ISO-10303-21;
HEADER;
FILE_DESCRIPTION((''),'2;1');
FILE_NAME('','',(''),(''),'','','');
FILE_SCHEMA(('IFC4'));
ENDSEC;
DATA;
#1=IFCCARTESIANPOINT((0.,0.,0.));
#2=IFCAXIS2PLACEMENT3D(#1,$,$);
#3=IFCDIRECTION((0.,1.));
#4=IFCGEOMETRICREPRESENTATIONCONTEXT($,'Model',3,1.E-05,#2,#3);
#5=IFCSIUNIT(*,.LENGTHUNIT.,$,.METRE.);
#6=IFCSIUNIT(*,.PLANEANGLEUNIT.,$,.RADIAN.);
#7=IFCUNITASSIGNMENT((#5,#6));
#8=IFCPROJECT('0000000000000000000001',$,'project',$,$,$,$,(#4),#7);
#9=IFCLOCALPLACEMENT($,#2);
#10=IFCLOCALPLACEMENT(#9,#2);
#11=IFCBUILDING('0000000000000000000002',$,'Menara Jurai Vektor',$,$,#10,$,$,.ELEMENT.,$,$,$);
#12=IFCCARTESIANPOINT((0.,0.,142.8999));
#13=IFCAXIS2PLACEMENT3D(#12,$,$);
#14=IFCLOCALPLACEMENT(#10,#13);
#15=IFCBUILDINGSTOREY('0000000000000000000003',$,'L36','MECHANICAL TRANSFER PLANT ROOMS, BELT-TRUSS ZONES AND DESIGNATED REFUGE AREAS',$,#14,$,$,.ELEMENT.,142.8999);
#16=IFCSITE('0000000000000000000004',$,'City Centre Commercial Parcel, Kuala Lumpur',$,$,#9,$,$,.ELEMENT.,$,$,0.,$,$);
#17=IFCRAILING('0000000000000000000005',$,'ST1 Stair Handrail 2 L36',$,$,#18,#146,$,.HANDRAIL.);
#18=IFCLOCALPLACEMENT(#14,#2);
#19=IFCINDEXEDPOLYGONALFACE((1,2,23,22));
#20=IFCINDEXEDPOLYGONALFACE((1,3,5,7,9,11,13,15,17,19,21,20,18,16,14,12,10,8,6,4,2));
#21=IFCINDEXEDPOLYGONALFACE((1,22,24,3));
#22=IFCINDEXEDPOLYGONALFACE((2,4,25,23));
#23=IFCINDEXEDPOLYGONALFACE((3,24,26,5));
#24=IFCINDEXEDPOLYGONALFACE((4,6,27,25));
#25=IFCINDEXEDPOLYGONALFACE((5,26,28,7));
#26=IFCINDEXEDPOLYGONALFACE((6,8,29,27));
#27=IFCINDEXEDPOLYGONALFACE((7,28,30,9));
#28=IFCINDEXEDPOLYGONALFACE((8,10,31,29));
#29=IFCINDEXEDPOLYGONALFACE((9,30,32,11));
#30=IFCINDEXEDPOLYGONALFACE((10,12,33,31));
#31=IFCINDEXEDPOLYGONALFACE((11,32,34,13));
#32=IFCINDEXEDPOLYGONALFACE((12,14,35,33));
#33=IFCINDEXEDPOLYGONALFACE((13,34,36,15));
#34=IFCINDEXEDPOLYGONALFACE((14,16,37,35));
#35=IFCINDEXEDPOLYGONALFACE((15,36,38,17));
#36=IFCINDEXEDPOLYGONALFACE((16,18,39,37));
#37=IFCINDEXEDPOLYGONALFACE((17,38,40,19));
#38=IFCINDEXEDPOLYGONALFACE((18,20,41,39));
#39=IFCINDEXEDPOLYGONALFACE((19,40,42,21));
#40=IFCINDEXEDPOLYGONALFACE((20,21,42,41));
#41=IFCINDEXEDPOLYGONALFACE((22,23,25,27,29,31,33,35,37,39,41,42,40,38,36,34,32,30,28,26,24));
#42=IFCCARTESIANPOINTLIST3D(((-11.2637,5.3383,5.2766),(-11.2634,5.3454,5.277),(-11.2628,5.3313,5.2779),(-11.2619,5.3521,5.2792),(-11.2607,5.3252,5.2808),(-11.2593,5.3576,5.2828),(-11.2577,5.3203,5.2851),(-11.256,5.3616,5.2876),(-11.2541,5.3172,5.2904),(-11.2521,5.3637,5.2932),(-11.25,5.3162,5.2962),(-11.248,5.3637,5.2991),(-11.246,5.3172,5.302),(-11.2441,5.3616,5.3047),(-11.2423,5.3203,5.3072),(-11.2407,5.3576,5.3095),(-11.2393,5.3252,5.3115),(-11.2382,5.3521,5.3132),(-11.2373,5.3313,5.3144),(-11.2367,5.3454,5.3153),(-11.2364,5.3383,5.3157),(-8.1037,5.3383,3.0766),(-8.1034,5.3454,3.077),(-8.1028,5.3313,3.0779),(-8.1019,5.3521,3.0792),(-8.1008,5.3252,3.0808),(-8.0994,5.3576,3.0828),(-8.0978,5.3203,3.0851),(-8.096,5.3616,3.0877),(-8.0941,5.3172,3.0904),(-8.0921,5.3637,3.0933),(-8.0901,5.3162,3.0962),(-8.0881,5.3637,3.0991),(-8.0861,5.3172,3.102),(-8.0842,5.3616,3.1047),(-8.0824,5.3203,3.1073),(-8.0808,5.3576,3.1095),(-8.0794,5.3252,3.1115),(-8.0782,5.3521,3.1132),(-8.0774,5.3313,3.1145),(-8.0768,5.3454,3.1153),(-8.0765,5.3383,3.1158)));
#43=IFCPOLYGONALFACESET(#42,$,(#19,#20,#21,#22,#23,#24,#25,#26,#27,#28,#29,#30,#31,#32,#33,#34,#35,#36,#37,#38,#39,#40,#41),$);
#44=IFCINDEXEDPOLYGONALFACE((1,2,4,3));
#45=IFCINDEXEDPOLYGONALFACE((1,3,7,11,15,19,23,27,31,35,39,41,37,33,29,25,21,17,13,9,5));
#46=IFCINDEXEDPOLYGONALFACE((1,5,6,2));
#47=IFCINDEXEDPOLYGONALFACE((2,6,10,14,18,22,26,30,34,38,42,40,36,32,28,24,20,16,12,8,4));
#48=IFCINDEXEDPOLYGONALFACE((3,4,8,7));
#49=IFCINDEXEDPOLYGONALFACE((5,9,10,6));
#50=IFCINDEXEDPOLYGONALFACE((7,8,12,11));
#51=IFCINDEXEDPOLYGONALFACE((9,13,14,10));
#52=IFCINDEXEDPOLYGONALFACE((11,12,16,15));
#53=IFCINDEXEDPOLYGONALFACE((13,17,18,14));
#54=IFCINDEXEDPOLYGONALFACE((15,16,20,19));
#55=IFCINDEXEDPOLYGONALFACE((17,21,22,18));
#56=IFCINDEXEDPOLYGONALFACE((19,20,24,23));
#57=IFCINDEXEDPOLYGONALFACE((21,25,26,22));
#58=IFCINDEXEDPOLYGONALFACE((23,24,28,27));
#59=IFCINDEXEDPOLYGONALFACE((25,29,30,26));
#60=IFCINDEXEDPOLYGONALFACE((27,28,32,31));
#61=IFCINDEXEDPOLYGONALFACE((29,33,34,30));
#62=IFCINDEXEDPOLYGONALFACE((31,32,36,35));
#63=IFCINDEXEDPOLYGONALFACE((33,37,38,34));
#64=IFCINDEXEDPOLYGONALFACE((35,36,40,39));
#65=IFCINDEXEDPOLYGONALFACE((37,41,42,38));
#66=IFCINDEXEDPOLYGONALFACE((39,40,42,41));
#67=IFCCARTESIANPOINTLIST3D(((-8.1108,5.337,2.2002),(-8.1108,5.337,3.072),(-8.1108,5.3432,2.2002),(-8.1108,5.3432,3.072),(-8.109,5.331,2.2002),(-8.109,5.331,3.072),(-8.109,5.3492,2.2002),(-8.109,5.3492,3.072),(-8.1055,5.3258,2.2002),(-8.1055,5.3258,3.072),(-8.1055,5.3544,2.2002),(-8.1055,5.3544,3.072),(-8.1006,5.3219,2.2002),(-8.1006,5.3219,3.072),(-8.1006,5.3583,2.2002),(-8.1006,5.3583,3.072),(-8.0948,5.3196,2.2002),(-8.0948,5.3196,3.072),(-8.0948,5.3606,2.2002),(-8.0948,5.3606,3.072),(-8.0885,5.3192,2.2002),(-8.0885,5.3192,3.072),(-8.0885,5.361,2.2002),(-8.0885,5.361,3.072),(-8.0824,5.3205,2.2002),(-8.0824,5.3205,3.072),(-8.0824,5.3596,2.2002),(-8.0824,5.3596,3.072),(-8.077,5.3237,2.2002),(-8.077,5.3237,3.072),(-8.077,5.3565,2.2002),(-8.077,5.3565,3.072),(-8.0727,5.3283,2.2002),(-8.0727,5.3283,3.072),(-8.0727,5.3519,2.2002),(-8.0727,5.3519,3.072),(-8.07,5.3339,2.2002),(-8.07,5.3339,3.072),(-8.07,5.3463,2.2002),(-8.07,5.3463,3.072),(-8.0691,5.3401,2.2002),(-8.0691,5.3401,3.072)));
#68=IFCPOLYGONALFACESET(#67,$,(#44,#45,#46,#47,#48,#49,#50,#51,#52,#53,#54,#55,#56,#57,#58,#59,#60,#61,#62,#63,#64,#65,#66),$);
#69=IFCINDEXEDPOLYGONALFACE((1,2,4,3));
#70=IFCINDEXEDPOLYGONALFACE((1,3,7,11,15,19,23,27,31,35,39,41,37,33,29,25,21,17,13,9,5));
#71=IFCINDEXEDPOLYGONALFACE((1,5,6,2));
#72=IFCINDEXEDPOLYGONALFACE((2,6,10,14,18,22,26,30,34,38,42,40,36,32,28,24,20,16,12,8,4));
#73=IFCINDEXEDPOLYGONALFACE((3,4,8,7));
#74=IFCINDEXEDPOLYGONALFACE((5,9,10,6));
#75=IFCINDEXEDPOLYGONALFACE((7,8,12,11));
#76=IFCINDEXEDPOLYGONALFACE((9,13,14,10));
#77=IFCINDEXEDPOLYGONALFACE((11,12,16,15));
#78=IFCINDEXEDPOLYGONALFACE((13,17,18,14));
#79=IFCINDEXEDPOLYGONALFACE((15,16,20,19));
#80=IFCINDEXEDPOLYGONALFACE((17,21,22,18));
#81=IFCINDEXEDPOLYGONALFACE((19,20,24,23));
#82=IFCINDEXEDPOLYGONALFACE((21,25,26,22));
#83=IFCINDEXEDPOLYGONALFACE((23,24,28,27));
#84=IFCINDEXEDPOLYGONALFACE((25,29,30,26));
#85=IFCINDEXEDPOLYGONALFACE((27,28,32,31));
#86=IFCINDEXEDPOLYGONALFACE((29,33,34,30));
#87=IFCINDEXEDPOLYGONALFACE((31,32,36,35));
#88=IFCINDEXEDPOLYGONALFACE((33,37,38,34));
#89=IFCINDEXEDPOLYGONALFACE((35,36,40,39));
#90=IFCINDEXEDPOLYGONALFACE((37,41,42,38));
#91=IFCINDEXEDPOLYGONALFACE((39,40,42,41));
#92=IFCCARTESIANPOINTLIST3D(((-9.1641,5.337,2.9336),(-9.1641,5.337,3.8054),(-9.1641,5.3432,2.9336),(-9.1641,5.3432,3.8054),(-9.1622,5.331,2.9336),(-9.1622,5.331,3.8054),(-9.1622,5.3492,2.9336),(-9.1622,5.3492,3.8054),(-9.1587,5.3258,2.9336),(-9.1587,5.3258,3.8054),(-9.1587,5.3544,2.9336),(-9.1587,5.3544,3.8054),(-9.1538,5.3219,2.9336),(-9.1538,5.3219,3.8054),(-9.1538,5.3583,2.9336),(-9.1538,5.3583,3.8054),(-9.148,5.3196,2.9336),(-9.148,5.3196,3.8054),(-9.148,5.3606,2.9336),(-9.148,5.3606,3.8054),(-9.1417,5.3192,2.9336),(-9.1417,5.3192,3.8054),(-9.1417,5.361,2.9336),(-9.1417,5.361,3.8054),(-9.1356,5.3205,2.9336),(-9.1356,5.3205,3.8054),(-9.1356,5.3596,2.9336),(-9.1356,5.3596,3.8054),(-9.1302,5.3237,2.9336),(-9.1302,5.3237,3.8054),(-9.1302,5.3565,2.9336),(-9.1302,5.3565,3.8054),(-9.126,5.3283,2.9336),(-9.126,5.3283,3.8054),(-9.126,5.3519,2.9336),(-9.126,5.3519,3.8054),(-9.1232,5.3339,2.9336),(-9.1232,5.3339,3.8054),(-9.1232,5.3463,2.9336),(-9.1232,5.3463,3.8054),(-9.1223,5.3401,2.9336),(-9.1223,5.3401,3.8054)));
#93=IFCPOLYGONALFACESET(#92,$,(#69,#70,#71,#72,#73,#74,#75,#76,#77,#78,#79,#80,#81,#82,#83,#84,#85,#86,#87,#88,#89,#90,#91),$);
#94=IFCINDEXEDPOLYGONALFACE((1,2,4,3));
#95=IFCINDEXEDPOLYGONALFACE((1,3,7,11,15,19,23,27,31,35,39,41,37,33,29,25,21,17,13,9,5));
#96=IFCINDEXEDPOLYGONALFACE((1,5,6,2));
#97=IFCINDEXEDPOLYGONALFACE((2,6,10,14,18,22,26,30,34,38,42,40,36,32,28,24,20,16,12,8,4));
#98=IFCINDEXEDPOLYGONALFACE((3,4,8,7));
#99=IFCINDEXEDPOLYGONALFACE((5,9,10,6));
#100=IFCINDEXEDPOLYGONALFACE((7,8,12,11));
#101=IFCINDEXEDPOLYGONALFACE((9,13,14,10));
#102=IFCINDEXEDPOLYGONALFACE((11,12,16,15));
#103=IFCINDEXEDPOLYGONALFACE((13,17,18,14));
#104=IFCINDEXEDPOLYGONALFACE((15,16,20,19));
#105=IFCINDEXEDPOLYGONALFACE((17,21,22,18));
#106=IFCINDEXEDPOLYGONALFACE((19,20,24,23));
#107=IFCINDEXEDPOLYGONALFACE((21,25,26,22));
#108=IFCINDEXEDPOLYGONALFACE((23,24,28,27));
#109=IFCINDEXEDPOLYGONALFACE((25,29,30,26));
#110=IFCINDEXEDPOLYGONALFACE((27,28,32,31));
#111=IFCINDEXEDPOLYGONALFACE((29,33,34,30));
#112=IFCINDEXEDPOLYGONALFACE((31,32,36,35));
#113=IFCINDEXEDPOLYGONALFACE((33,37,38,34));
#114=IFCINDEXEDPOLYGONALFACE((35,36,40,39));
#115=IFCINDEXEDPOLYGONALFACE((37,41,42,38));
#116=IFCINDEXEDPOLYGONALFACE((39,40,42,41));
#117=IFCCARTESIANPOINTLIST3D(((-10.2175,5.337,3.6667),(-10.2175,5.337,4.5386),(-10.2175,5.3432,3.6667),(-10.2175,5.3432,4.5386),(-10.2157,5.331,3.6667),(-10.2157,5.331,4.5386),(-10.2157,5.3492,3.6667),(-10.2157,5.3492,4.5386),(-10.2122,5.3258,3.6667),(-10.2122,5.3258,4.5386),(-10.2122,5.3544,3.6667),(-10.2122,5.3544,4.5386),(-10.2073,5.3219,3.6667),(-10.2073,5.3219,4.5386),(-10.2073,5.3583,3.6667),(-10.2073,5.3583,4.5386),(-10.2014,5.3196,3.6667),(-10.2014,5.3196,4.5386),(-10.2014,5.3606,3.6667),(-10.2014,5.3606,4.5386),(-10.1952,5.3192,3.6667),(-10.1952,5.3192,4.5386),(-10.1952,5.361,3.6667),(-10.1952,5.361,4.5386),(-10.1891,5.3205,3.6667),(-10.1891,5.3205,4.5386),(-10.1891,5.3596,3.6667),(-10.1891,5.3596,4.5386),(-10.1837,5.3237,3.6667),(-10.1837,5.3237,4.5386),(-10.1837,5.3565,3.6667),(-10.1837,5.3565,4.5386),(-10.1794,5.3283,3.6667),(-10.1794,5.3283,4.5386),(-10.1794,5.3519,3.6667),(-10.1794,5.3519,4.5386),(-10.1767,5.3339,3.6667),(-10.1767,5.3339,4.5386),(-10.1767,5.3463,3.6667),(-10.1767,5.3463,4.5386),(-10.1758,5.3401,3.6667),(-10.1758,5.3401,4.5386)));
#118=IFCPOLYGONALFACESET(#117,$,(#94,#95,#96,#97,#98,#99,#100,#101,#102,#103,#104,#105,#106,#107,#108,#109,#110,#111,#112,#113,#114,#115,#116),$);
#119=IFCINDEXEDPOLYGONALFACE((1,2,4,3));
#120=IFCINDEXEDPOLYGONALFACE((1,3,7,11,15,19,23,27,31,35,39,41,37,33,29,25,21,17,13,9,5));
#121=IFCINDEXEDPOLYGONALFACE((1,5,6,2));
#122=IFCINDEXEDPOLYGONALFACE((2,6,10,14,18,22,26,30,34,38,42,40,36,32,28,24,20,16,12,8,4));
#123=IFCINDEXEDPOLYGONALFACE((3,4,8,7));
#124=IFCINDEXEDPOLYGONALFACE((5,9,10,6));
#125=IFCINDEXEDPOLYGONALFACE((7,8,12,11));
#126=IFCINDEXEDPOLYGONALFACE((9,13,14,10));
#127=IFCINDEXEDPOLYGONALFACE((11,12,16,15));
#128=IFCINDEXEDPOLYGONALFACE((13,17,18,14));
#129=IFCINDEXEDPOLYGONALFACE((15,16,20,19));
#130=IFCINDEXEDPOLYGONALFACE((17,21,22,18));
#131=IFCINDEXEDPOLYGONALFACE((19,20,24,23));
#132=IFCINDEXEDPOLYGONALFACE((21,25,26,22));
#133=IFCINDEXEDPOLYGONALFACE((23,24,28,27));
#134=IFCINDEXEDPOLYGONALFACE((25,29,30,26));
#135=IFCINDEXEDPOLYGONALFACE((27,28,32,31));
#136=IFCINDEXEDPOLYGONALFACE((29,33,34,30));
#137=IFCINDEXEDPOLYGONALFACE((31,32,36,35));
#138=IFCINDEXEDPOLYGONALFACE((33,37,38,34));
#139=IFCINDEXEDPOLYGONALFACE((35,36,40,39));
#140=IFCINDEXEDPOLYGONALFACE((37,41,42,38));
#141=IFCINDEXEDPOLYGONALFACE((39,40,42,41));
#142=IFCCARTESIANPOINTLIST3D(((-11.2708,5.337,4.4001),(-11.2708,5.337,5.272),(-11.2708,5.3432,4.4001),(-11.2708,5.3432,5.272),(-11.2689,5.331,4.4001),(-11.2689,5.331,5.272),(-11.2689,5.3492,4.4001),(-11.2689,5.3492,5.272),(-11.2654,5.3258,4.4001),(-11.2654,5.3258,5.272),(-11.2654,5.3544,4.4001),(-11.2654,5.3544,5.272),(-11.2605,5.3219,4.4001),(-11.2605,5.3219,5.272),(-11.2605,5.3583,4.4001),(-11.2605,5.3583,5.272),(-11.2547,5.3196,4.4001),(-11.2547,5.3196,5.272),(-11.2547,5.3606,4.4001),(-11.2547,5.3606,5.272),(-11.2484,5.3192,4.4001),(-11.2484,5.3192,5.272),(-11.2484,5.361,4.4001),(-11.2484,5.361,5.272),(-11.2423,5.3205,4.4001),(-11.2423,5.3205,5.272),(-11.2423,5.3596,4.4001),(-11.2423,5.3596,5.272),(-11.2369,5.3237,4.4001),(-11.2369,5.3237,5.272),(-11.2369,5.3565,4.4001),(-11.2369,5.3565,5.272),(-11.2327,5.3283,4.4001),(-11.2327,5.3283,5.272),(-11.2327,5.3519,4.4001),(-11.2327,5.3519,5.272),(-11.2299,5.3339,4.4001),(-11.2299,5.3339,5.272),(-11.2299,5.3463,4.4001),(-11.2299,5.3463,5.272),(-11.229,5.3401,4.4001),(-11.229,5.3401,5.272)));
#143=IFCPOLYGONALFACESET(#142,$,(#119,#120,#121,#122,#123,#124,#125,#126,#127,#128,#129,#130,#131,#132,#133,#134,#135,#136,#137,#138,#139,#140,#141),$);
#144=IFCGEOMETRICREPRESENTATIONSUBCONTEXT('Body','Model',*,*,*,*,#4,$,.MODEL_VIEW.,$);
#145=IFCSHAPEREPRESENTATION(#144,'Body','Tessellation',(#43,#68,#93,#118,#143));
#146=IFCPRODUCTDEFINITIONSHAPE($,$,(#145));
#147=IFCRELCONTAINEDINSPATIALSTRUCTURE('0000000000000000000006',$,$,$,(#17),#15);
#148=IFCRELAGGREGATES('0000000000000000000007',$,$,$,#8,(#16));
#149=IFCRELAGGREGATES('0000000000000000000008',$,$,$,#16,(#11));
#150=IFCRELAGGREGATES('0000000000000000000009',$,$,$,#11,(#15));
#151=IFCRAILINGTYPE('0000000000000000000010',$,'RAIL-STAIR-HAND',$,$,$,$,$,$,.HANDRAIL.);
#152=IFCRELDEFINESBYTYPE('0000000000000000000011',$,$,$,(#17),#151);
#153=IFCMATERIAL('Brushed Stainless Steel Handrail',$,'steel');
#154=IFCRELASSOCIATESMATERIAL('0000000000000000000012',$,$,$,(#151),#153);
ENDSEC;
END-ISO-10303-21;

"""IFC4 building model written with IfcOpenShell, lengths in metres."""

from ifc_helpers import new_model, si_unit, direction, frame, origin, origin_2d, place, context, subcontext, project, spatial, circle, extrude, material, type_object, element, save


model = new_model("IFC4")

# Units and contexts
model_context = context("Model", 3, precision=1e-05, world=origin(), true_north=direction((0.0, 1.0)))
body_context = subcontext(model_context, "Body", "Model", "MODEL_VIEW")
ifc_project = project(units=[si_unit("LENGTHUNIT", "METRE"), si_unit("PLANEANGLEUNIT", "RADIAN")], contexts=[model_context])

# Site, building, storey
site_placement = place(None, origin())
site = spatial("IfcSite", under=ifc_project, at=site_placement, Name="City Centre Commercial Parcel, Kuala Lumpur", CompositionType="ELEMENT", RefElevation=0.0)
building_placement = place(site_placement, origin())
building = spatial("IfcBuilding", under=site, at=building_placement, Name="Menara Jurai Vektor", CompositionType="ELEMENT")
storey_placement = place(building_placement, frame((0.0, 0.0, 142.8999)))
storey = spatial("IfcBuildingStorey", under=building, at=storey_placement, Name="L36", Description="MECHANICAL TRANSFER PLANT ROOMS, BELT-TRUSS ZONES AND DESIGNATED REFUGE AREAS", CompositionType="ELEMENT", Elevation=142.8999)

# Railing
ifc_material_1 = material(Name="Brushed Stainless Steel Handrail", Category="steel")
railing_type_1 = type_object("IfcRailingType", Name="RAIL-STAIR-HAND", PredefinedType="HANDRAIL", material=ifc_material_1)
railing_1_placement = place(storey_placement, frame((-8.0901, 5.3401, 2.2002)))
element("IfcRailing", 1, at=railing_1_placement, inside=storey, type_object=railing_type_1, Name="ST1 Stair Handrail 2 L36", PredefinedType="HANDRAIL", context=body_context, shape_type="SweptSolid", body=[
    extrude(circle(Radius=0.0239, at=origin_2d()), frame((0.0, 0.0, 0.896), z_axis=(-0.820692, 0.0, 0.571371), x_axis=(0.0, -1.0, 0.0)), (0.0, 0.0, 1.0), 3.8503),
    extrude(circle(Radius=0.021, at=origin_2d()), origin(), (0.0, 0.0, 1.0), 0.8718),
    extrude(circle(Radius=0.021, at=origin_2d()), frame((-1.0532, 0.0, 0.7334)), (0.0, 0.0, 1.0), 0.8718),
    extrude(circle(Radius=0.021, at=origin_2d()), frame((-2.1067, 0.0, 1.4666)), (0.0, 0.0, 1.0), 0.8718),
    extrude(circle(Radius=0.021, at=origin_2d()), frame((-3.1599, 0.0, 2.2)), (0.0, 0.0, 1.0), 0.8718),
])

save(model, "model.ifc")
